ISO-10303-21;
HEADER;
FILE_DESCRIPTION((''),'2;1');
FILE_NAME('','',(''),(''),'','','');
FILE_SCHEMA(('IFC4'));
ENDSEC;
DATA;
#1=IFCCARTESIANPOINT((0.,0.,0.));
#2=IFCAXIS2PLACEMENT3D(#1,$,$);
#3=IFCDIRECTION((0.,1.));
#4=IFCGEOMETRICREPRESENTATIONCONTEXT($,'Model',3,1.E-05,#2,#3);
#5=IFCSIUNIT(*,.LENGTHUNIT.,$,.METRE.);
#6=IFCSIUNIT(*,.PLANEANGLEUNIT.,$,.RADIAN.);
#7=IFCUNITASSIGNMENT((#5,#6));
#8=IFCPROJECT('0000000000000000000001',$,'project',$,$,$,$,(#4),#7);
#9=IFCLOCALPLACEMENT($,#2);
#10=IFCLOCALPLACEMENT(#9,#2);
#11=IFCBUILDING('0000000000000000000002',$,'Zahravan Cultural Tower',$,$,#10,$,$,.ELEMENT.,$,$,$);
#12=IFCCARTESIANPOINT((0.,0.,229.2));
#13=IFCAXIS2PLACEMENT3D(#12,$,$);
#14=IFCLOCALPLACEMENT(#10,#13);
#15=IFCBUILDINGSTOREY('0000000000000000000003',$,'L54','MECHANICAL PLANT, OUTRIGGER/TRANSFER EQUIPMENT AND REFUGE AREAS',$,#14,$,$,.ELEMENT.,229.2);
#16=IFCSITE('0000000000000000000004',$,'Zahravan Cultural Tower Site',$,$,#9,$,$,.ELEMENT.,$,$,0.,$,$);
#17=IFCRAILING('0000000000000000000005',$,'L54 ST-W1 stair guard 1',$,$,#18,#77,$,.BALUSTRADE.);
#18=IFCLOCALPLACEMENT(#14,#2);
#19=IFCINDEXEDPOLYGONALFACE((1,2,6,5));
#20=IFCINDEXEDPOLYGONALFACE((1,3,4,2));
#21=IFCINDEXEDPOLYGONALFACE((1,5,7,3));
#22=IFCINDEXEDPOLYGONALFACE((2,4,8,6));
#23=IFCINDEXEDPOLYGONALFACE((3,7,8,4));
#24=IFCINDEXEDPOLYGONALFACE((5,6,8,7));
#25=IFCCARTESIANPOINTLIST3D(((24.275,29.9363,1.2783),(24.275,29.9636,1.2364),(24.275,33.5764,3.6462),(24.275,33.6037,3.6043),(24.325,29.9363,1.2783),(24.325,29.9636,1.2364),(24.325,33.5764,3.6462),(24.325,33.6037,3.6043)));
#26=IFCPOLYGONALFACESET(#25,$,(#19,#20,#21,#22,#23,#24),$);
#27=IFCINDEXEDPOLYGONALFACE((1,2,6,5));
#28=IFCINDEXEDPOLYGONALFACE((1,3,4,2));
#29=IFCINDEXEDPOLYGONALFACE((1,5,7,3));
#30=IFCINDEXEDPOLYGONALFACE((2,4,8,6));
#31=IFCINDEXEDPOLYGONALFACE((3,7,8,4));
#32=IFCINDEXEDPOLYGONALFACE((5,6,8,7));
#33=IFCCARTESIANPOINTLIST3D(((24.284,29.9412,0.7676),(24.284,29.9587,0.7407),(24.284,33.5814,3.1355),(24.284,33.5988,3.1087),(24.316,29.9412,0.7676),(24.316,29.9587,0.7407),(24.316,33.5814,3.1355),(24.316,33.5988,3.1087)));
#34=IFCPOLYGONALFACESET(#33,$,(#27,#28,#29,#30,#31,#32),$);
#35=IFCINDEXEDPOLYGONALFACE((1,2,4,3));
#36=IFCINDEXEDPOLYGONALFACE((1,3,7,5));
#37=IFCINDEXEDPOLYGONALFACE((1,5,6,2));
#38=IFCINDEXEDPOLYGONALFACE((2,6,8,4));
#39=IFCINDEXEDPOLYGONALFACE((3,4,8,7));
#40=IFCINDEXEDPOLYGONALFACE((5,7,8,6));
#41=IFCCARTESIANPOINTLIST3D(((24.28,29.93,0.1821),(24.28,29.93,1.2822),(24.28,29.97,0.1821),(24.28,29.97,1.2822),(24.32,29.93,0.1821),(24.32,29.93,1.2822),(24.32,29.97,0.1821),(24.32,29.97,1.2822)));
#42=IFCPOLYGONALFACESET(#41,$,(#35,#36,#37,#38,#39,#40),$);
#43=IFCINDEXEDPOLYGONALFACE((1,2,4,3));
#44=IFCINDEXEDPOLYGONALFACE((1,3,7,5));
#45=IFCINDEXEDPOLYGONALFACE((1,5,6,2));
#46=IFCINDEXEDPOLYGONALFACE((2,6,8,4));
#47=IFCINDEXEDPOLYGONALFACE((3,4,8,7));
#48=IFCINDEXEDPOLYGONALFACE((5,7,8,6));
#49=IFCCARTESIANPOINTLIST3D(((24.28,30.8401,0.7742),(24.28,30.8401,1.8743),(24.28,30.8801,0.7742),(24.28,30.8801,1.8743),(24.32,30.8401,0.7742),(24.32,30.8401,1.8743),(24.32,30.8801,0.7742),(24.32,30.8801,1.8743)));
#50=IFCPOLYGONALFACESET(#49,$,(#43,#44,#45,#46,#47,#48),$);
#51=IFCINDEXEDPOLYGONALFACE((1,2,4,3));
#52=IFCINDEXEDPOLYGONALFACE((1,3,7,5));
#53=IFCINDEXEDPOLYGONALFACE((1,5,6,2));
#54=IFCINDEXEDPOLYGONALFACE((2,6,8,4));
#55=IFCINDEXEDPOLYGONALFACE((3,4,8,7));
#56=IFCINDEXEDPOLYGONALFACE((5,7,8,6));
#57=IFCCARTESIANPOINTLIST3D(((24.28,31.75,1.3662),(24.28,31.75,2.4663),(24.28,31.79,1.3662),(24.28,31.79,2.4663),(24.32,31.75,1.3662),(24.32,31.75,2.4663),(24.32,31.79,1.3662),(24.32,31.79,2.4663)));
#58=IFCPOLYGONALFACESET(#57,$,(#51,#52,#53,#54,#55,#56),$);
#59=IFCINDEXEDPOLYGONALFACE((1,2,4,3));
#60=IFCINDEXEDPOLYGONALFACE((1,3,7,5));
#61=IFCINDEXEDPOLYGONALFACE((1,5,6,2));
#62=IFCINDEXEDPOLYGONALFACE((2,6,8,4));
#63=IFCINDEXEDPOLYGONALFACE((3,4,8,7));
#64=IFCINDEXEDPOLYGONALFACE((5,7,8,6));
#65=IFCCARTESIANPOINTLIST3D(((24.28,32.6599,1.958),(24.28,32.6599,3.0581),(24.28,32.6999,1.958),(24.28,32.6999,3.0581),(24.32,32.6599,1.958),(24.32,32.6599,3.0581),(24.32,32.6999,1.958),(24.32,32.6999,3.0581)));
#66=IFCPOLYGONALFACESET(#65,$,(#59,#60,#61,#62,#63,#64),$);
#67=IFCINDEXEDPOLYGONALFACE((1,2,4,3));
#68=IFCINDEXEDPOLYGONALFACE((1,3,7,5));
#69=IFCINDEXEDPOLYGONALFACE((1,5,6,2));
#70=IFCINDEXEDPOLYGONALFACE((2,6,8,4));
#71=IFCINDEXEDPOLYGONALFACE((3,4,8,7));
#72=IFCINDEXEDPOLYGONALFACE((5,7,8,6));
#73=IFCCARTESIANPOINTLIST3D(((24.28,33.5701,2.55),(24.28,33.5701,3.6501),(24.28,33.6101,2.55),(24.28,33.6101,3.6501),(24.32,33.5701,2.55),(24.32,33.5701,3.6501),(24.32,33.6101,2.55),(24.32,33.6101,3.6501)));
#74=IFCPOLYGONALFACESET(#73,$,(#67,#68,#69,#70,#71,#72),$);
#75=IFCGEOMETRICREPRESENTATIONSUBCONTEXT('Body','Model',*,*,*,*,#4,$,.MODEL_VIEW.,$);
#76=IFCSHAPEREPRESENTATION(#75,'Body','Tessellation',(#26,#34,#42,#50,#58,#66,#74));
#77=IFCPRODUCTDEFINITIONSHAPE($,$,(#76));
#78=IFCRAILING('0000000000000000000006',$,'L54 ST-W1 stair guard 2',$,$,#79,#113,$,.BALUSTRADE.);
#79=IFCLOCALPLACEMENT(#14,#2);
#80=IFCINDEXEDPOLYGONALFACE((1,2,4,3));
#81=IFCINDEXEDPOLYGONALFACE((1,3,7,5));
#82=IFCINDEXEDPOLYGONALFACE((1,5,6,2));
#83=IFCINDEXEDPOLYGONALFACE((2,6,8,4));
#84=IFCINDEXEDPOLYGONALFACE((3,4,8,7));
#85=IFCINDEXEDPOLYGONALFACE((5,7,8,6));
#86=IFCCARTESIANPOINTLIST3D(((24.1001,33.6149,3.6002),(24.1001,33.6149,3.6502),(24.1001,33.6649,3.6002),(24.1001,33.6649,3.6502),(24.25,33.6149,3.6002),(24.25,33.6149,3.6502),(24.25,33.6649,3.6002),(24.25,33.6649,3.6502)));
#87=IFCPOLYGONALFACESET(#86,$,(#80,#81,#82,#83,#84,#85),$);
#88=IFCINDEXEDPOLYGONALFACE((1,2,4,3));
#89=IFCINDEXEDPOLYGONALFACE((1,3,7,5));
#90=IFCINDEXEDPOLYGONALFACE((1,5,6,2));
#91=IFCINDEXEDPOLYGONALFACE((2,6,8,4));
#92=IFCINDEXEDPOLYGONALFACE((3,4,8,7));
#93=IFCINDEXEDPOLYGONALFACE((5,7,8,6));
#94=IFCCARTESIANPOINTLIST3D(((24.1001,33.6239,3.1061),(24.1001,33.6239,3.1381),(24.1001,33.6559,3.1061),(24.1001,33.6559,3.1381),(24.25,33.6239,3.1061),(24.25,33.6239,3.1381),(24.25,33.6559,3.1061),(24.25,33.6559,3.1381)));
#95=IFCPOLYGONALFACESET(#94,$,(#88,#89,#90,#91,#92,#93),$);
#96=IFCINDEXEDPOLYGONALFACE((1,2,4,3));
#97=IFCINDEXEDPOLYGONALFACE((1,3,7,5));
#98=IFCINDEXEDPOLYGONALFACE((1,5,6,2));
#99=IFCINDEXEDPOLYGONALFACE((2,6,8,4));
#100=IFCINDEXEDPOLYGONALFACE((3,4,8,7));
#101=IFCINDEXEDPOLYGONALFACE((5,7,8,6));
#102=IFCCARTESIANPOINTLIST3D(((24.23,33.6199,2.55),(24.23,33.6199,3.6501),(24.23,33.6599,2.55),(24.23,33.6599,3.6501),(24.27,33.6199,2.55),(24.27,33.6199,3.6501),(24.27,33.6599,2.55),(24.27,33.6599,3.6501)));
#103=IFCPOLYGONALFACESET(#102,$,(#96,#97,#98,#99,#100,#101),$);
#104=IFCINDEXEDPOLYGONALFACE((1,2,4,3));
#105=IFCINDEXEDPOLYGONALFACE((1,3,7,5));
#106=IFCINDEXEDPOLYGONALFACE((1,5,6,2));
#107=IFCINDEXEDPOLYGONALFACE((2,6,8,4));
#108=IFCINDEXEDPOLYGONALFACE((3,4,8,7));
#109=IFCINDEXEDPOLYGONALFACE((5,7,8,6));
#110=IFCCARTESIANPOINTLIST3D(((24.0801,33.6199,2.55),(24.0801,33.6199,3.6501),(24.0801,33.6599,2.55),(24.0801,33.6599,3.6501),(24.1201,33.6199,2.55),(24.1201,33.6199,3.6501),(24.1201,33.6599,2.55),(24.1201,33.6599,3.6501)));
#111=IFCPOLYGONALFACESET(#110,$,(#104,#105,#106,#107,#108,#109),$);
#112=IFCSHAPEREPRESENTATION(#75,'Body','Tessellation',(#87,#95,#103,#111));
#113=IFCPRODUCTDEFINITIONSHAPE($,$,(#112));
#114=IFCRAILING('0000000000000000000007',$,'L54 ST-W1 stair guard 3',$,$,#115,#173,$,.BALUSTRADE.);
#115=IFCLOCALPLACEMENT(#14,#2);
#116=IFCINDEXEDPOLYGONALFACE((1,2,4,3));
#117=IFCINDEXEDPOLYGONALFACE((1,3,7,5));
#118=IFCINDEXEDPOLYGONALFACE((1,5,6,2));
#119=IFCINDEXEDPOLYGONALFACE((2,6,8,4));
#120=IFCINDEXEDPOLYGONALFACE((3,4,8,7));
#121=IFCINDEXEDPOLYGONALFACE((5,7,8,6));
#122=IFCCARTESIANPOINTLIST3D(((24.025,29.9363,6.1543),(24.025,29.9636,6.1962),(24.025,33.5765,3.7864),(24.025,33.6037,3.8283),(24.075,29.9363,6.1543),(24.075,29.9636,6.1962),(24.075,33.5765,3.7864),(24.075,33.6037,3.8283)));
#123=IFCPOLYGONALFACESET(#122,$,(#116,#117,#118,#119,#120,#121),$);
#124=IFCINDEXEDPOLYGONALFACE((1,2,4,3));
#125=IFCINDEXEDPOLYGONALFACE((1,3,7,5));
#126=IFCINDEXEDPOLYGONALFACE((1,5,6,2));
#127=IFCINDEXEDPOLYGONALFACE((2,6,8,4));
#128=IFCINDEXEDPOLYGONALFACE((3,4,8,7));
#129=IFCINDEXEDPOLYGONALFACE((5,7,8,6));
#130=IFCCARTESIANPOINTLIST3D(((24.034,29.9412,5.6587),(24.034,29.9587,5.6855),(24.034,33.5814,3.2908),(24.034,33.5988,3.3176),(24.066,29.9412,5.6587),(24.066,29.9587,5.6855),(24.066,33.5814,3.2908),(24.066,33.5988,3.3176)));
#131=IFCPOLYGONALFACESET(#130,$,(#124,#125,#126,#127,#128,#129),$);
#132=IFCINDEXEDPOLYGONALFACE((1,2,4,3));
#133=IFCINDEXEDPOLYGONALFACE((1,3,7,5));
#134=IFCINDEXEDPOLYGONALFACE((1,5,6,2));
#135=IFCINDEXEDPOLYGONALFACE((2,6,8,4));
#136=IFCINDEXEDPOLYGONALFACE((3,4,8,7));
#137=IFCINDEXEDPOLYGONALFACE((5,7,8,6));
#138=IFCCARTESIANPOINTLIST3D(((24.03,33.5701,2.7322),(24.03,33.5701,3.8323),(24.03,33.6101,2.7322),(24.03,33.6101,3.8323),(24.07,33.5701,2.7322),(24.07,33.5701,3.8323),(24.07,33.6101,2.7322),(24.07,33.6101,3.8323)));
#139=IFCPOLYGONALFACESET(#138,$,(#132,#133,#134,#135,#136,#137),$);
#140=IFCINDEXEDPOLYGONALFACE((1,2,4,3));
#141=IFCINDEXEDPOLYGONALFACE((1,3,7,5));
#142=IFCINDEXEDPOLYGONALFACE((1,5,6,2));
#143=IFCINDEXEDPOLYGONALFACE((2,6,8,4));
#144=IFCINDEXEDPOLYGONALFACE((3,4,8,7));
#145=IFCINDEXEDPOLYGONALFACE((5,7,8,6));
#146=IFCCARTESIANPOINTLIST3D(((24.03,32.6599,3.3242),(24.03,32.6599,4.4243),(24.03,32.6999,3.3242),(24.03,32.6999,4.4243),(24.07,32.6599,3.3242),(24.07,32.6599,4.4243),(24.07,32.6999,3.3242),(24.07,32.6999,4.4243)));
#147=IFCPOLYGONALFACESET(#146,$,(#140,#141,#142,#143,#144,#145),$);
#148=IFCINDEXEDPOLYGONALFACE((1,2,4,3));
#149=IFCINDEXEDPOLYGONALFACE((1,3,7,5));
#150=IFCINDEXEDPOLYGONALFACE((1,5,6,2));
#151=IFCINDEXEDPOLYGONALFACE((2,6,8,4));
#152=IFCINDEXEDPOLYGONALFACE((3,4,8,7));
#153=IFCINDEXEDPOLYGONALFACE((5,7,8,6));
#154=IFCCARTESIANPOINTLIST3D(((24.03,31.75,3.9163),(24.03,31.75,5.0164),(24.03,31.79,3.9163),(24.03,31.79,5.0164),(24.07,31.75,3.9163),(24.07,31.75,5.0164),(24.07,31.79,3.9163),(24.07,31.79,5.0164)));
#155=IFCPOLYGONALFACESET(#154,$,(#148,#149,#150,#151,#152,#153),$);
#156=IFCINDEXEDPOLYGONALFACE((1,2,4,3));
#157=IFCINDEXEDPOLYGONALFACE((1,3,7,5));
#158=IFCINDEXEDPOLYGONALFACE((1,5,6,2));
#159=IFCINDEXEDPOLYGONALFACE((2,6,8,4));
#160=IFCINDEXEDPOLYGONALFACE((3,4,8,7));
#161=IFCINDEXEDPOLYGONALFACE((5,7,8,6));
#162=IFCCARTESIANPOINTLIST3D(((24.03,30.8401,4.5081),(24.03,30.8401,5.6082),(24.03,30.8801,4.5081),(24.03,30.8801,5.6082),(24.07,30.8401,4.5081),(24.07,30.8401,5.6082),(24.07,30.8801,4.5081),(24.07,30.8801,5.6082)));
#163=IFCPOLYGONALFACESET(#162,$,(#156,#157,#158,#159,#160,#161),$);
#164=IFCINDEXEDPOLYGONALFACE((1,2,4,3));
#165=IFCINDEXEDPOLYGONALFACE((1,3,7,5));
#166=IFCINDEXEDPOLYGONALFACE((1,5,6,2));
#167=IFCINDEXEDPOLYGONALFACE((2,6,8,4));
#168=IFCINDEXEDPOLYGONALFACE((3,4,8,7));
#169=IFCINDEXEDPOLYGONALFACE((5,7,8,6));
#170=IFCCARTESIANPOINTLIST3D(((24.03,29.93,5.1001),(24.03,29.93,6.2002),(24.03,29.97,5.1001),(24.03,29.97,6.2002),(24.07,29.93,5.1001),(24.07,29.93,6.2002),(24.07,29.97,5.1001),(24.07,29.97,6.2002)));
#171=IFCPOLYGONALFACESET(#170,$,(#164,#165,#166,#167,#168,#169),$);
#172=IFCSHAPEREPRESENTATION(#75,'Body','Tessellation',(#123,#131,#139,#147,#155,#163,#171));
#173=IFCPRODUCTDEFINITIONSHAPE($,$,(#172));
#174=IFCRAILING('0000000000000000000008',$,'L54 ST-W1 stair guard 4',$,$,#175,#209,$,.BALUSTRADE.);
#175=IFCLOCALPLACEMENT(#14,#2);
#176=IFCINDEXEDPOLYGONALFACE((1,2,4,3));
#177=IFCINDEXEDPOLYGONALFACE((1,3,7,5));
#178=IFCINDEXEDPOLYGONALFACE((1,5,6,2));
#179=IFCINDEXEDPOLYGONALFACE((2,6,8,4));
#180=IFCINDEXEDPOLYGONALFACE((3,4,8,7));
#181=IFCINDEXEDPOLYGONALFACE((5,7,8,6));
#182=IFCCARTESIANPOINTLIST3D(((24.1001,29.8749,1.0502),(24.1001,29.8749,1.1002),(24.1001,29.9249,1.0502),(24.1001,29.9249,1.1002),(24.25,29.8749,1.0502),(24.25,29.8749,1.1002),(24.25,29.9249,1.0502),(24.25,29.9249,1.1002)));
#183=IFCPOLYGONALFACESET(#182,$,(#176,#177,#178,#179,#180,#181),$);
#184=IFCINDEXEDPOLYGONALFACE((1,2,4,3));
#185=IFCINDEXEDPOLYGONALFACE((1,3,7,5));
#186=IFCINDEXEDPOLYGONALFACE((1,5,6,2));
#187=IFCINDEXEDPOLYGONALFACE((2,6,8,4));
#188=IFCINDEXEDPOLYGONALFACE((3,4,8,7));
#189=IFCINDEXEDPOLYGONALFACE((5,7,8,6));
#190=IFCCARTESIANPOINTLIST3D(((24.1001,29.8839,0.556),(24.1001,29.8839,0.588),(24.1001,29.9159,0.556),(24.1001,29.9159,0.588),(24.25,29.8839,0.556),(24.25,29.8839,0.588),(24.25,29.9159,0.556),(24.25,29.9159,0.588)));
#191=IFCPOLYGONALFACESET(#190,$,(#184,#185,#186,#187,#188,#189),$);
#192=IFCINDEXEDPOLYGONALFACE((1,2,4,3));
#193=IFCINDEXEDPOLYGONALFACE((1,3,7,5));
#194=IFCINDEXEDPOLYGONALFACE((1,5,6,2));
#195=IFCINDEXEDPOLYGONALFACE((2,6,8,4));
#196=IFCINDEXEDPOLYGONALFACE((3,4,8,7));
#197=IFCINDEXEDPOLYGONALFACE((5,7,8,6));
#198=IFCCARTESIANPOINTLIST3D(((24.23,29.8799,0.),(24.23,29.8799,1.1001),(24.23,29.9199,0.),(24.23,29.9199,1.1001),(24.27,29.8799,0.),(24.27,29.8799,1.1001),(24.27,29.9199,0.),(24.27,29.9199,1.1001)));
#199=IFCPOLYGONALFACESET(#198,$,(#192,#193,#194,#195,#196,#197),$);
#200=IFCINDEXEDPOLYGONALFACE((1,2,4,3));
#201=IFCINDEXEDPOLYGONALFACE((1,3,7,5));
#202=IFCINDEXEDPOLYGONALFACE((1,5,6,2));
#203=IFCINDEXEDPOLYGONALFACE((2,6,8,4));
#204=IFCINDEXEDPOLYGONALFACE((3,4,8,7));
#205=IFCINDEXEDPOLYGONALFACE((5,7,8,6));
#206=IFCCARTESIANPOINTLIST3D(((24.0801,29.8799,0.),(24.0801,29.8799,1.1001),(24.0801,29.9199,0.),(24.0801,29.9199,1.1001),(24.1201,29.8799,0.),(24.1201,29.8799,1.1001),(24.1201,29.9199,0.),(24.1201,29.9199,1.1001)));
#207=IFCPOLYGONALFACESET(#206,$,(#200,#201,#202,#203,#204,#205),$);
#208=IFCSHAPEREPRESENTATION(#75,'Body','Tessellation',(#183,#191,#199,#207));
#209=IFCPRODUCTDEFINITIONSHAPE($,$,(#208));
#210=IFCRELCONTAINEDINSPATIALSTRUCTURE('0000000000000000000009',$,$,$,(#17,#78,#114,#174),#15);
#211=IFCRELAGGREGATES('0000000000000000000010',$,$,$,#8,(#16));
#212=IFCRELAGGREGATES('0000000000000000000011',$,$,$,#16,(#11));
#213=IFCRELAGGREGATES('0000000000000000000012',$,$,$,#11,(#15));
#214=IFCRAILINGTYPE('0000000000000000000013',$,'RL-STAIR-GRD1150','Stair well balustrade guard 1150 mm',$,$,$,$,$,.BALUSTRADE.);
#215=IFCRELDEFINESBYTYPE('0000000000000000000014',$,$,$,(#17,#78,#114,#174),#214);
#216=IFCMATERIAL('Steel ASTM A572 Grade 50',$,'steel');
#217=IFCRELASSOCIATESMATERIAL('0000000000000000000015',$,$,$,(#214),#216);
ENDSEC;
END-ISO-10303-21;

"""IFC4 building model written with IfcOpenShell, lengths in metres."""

from ifc_helpers import new_model, si_unit, direction, frame, origin, origin_2d, place, context, subcontext, project, spatial, rectangle, extrude, material, type_object, element, save


model = new_model("IFC4")

# Units and contexts
model_context = context("Model", 3, precision=1e-05, world=origin(), true_north=direction((0.0, 1.0)))
body_context = subcontext(model_context, "Body", "Model", "MODEL_VIEW")
ifc_project = project(units=[si_unit("LENGTHUNIT", "METRE"), si_unit("PLANEANGLEUNIT", "RADIAN")], contexts=[model_context])

# Site, building, storey
site_placement = place(None, origin())
site = spatial("IfcSite", under=ifc_project, at=site_placement, Name="Zahravan Cultural Tower Site", CompositionType="ELEMENT", RefElevation=0.0)
building_placement = place(site_placement, origin())
building = spatial("IfcBuilding", under=site, at=building_placement, Name="Zahravan Cultural Tower", CompositionType="ELEMENT")
storey_placement = place(building_placement, frame((0.0, 0.0, 229.2)))
storey = spatial("IfcBuildingStorey", under=building, at=storey_placement, Name="L54", Description="MECHANICAL PLANT, OUTRIGGER/TRANSFER EQUIPMENT AND REFUGE AREAS", CompositionType="ELEMENT", Elevation=229.2)

# Shared definitions
ifc_material_1 = material(Name="Steel ASTM A572 Grade 50", Category="steel")

# Railings
railing_type_1 = type_object("IfcRailingType", Name="RL-STAIR-GRD1150", Description="Stair well balustrade guard 1150 mm", PredefinedType="BALUSTRADE", material=ifc_material_1)
railing_1_placement = place(storey_placement, frame((24.3, 29.95, 0.1821)))
element("IfcRailing", 1, at=railing_1_placement, inside=storey, type_object=railing_type_1, Name="L54 ST-W1 stair guard 1", PredefinedType="BALUSTRADE", context=body_context, shape_type="SweptSolid", body=[
    extrude(rectangle(XDim=0.05, YDim=0.05, at=origin_2d()), frame((0.0, 0.0, 1.0752), z_axis=(0.0, 0.838251, 0.545285), x_axis=(-1.0, 0.0, 0.0)), (0.0, 0.0, 1.0), 4.3425),
    extrude(rectangle(XDim=0.032, YDim=0.032, at=origin_2d()), frame((0.0, 0.0, 0.572), z_axis=(0.0, 0.838251, 0.545285), x_axis=(-1.0, 0.0, 0.0)), (0.0, 0.0, 1.0), 4.3425),
    extrude(rectangle(XDim=0.04, YDim=0.04, at=origin_2d()), origin(), (0.0, 0.0, 1.0), 1.1001),
    extrude(rectangle(XDim=0.04, YDim=0.04, at=origin_2d()), frame((0.0, 0.9102, 0.592)), (0.0, 0.0, 1.0), 1.1001),
    extrude(rectangle(XDim=0.04, YDim=0.04, at=origin_2d()), frame((0.0, 1.8201, 1.1841)), (0.0, 0.0, 1.0), 1.1001),
    extrude(rectangle(XDim=0.04, YDim=0.04, at=origin_2d()), frame((0.0, 2.73, 1.7759)), (0.0, 0.0, 1.0), 1.1001),
    extrude(rectangle(XDim=0.04, YDim=0.04, at=origin_2d()), frame((0.0, 3.6401, 2.3679)), (0.0, 0.0, 1.0), 1.1001),
])
railing_2_placement = place(storey_placement, frame((24.25, 33.6399, 2.55)))
element("IfcRailing", 2, at=railing_2_placement, inside=storey, type_object=railing_type_1, Name="L54 ST-W1 stair guard 2", PredefinedType="BALUSTRADE", context=body_context, shape_type="SweptSolid", body=[
    extrude(rectangle(XDim=0.05, YDim=0.05, at=origin_2d()), frame((0.0, 0.0, 1.0752), z_axis=(-1.0, 0.0, 0.0), x_axis=(0.0, -1.0, 0.0)), (0.0, 0.0, 1.0), 0.1499),
    extrude(rectangle(XDim=0.032, YDim=0.032, at=origin_2d()), frame((0.0, 0.0, 0.572), z_axis=(-1.0, 0.0, 0.0), x_axis=(0.0, -1.0, 0.0)), (0.0, 0.0, 1.0), 0.1499),
    extrude(rectangle(XDim=0.04, YDim=0.04, at=origin_2d()), origin(), (0.0, 0.0, 1.0), 1.1001),
    extrude(rectangle(XDim=0.04, YDim=0.04, at=origin_2d()), frame((-0.1499, 0.0, 0.0)), (0.0, 0.0, 1.0), 1.1001),
])
railing_3_placement = place(storey_placement, frame((24.05, 33.5901, 2.7322)))
element("IfcRailing", 3, at=railing_3_placement, inside=storey, type_object=railing_type_1, Name="L54 ST-W1 stair guard 3", PredefinedType="BALUSTRADE", context=body_context, shape_type="SweptSolid", body=[
    extrude(rectangle(XDim=0.05, YDim=0.05, at=origin_2d()), frame((0.0, 0.0, 1.0752), z_axis=(0.0, -0.838251, 0.545285), x_axis=(1.0, 0.0, 0.0)), (0.0, 0.0, 1.0), 4.3425),
    extrude(rectangle(XDim=0.032, YDim=0.032, at=origin_2d()), frame((0.0, 0.0, 0.572), z_axis=(0.0, -0.838251, 0.545285), x_axis=(1.0, 0.0, 0.0)), (0.0, 0.0, 1.0), 4.3425),
    extrude(rectangle(XDim=0.04, YDim=0.04, at=origin_2d()), origin(), (0.0, 0.0, 1.0), 1.1001),
    extrude(rectangle(XDim=0.04, YDim=0.04, at=origin_2d()), frame((0.0, -0.9102, 0.592)), (0.0, 0.0, 1.0), 1.1001),
    extrude(rectangle(XDim=0.04, YDim=0.04, at=origin_2d()), frame((0.0, -1.8201, 1.1841)), (0.0, 0.0, 1.0), 1.1001),
    extrude(rectangle(XDim=0.04, YDim=0.04, at=origin_2d()), frame((0.0, -2.73, 1.7759)), (0.0, 0.0, 1.0), 1.1001),
    extrude(rectangle(XDim=0.04, YDim=0.04, at=origin_2d()), frame((0.0, -3.6401, 2.3679)), (0.0, 0.0, 1.0), 1.1001),
])
railing_4_placement = place(storey_placement, frame((24.25, 29.8999, 0.0)))
element("IfcRailing", 4, at=railing_4_placement, inside=storey, type_object=railing_type_1, Name="L54 ST-W1 stair guard 4", PredefinedType="BALUSTRADE", context=body_context, shape_type="SweptSolid", body=[
    extrude(rectangle(XDim=0.05, YDim=0.05, at=origin_2d()), frame((0.0, 0.0, 1.0752), z_axis=(-1.0, 0.0, 0.0), x_axis=(0.0, -1.0, 0.0)), (0.0, 0.0, 1.0), 0.1499),
    extrude(rectangle(XDim=0.032, YDim=0.032, at=origin_2d()), frame((0.0, 0.0, 0.572), z_axis=(-1.0, 0.0, 0.0), x_axis=(0.0, -1.0, 0.0)), (0.0, 0.0, 1.0), 0.1499),
    extrude(rectangle(XDim=0.04, YDim=0.04, at=origin_2d()), origin(), (0.0, 0.0, 1.0), 1.1001),
    extrude(rectangle(XDim=0.04, YDim=0.04, at=origin_2d()), frame((-0.1499, 0.0, 0.0)), (0.0, 0.0, 1.0), 1.1001),
])

save(model, "model.ifc")
